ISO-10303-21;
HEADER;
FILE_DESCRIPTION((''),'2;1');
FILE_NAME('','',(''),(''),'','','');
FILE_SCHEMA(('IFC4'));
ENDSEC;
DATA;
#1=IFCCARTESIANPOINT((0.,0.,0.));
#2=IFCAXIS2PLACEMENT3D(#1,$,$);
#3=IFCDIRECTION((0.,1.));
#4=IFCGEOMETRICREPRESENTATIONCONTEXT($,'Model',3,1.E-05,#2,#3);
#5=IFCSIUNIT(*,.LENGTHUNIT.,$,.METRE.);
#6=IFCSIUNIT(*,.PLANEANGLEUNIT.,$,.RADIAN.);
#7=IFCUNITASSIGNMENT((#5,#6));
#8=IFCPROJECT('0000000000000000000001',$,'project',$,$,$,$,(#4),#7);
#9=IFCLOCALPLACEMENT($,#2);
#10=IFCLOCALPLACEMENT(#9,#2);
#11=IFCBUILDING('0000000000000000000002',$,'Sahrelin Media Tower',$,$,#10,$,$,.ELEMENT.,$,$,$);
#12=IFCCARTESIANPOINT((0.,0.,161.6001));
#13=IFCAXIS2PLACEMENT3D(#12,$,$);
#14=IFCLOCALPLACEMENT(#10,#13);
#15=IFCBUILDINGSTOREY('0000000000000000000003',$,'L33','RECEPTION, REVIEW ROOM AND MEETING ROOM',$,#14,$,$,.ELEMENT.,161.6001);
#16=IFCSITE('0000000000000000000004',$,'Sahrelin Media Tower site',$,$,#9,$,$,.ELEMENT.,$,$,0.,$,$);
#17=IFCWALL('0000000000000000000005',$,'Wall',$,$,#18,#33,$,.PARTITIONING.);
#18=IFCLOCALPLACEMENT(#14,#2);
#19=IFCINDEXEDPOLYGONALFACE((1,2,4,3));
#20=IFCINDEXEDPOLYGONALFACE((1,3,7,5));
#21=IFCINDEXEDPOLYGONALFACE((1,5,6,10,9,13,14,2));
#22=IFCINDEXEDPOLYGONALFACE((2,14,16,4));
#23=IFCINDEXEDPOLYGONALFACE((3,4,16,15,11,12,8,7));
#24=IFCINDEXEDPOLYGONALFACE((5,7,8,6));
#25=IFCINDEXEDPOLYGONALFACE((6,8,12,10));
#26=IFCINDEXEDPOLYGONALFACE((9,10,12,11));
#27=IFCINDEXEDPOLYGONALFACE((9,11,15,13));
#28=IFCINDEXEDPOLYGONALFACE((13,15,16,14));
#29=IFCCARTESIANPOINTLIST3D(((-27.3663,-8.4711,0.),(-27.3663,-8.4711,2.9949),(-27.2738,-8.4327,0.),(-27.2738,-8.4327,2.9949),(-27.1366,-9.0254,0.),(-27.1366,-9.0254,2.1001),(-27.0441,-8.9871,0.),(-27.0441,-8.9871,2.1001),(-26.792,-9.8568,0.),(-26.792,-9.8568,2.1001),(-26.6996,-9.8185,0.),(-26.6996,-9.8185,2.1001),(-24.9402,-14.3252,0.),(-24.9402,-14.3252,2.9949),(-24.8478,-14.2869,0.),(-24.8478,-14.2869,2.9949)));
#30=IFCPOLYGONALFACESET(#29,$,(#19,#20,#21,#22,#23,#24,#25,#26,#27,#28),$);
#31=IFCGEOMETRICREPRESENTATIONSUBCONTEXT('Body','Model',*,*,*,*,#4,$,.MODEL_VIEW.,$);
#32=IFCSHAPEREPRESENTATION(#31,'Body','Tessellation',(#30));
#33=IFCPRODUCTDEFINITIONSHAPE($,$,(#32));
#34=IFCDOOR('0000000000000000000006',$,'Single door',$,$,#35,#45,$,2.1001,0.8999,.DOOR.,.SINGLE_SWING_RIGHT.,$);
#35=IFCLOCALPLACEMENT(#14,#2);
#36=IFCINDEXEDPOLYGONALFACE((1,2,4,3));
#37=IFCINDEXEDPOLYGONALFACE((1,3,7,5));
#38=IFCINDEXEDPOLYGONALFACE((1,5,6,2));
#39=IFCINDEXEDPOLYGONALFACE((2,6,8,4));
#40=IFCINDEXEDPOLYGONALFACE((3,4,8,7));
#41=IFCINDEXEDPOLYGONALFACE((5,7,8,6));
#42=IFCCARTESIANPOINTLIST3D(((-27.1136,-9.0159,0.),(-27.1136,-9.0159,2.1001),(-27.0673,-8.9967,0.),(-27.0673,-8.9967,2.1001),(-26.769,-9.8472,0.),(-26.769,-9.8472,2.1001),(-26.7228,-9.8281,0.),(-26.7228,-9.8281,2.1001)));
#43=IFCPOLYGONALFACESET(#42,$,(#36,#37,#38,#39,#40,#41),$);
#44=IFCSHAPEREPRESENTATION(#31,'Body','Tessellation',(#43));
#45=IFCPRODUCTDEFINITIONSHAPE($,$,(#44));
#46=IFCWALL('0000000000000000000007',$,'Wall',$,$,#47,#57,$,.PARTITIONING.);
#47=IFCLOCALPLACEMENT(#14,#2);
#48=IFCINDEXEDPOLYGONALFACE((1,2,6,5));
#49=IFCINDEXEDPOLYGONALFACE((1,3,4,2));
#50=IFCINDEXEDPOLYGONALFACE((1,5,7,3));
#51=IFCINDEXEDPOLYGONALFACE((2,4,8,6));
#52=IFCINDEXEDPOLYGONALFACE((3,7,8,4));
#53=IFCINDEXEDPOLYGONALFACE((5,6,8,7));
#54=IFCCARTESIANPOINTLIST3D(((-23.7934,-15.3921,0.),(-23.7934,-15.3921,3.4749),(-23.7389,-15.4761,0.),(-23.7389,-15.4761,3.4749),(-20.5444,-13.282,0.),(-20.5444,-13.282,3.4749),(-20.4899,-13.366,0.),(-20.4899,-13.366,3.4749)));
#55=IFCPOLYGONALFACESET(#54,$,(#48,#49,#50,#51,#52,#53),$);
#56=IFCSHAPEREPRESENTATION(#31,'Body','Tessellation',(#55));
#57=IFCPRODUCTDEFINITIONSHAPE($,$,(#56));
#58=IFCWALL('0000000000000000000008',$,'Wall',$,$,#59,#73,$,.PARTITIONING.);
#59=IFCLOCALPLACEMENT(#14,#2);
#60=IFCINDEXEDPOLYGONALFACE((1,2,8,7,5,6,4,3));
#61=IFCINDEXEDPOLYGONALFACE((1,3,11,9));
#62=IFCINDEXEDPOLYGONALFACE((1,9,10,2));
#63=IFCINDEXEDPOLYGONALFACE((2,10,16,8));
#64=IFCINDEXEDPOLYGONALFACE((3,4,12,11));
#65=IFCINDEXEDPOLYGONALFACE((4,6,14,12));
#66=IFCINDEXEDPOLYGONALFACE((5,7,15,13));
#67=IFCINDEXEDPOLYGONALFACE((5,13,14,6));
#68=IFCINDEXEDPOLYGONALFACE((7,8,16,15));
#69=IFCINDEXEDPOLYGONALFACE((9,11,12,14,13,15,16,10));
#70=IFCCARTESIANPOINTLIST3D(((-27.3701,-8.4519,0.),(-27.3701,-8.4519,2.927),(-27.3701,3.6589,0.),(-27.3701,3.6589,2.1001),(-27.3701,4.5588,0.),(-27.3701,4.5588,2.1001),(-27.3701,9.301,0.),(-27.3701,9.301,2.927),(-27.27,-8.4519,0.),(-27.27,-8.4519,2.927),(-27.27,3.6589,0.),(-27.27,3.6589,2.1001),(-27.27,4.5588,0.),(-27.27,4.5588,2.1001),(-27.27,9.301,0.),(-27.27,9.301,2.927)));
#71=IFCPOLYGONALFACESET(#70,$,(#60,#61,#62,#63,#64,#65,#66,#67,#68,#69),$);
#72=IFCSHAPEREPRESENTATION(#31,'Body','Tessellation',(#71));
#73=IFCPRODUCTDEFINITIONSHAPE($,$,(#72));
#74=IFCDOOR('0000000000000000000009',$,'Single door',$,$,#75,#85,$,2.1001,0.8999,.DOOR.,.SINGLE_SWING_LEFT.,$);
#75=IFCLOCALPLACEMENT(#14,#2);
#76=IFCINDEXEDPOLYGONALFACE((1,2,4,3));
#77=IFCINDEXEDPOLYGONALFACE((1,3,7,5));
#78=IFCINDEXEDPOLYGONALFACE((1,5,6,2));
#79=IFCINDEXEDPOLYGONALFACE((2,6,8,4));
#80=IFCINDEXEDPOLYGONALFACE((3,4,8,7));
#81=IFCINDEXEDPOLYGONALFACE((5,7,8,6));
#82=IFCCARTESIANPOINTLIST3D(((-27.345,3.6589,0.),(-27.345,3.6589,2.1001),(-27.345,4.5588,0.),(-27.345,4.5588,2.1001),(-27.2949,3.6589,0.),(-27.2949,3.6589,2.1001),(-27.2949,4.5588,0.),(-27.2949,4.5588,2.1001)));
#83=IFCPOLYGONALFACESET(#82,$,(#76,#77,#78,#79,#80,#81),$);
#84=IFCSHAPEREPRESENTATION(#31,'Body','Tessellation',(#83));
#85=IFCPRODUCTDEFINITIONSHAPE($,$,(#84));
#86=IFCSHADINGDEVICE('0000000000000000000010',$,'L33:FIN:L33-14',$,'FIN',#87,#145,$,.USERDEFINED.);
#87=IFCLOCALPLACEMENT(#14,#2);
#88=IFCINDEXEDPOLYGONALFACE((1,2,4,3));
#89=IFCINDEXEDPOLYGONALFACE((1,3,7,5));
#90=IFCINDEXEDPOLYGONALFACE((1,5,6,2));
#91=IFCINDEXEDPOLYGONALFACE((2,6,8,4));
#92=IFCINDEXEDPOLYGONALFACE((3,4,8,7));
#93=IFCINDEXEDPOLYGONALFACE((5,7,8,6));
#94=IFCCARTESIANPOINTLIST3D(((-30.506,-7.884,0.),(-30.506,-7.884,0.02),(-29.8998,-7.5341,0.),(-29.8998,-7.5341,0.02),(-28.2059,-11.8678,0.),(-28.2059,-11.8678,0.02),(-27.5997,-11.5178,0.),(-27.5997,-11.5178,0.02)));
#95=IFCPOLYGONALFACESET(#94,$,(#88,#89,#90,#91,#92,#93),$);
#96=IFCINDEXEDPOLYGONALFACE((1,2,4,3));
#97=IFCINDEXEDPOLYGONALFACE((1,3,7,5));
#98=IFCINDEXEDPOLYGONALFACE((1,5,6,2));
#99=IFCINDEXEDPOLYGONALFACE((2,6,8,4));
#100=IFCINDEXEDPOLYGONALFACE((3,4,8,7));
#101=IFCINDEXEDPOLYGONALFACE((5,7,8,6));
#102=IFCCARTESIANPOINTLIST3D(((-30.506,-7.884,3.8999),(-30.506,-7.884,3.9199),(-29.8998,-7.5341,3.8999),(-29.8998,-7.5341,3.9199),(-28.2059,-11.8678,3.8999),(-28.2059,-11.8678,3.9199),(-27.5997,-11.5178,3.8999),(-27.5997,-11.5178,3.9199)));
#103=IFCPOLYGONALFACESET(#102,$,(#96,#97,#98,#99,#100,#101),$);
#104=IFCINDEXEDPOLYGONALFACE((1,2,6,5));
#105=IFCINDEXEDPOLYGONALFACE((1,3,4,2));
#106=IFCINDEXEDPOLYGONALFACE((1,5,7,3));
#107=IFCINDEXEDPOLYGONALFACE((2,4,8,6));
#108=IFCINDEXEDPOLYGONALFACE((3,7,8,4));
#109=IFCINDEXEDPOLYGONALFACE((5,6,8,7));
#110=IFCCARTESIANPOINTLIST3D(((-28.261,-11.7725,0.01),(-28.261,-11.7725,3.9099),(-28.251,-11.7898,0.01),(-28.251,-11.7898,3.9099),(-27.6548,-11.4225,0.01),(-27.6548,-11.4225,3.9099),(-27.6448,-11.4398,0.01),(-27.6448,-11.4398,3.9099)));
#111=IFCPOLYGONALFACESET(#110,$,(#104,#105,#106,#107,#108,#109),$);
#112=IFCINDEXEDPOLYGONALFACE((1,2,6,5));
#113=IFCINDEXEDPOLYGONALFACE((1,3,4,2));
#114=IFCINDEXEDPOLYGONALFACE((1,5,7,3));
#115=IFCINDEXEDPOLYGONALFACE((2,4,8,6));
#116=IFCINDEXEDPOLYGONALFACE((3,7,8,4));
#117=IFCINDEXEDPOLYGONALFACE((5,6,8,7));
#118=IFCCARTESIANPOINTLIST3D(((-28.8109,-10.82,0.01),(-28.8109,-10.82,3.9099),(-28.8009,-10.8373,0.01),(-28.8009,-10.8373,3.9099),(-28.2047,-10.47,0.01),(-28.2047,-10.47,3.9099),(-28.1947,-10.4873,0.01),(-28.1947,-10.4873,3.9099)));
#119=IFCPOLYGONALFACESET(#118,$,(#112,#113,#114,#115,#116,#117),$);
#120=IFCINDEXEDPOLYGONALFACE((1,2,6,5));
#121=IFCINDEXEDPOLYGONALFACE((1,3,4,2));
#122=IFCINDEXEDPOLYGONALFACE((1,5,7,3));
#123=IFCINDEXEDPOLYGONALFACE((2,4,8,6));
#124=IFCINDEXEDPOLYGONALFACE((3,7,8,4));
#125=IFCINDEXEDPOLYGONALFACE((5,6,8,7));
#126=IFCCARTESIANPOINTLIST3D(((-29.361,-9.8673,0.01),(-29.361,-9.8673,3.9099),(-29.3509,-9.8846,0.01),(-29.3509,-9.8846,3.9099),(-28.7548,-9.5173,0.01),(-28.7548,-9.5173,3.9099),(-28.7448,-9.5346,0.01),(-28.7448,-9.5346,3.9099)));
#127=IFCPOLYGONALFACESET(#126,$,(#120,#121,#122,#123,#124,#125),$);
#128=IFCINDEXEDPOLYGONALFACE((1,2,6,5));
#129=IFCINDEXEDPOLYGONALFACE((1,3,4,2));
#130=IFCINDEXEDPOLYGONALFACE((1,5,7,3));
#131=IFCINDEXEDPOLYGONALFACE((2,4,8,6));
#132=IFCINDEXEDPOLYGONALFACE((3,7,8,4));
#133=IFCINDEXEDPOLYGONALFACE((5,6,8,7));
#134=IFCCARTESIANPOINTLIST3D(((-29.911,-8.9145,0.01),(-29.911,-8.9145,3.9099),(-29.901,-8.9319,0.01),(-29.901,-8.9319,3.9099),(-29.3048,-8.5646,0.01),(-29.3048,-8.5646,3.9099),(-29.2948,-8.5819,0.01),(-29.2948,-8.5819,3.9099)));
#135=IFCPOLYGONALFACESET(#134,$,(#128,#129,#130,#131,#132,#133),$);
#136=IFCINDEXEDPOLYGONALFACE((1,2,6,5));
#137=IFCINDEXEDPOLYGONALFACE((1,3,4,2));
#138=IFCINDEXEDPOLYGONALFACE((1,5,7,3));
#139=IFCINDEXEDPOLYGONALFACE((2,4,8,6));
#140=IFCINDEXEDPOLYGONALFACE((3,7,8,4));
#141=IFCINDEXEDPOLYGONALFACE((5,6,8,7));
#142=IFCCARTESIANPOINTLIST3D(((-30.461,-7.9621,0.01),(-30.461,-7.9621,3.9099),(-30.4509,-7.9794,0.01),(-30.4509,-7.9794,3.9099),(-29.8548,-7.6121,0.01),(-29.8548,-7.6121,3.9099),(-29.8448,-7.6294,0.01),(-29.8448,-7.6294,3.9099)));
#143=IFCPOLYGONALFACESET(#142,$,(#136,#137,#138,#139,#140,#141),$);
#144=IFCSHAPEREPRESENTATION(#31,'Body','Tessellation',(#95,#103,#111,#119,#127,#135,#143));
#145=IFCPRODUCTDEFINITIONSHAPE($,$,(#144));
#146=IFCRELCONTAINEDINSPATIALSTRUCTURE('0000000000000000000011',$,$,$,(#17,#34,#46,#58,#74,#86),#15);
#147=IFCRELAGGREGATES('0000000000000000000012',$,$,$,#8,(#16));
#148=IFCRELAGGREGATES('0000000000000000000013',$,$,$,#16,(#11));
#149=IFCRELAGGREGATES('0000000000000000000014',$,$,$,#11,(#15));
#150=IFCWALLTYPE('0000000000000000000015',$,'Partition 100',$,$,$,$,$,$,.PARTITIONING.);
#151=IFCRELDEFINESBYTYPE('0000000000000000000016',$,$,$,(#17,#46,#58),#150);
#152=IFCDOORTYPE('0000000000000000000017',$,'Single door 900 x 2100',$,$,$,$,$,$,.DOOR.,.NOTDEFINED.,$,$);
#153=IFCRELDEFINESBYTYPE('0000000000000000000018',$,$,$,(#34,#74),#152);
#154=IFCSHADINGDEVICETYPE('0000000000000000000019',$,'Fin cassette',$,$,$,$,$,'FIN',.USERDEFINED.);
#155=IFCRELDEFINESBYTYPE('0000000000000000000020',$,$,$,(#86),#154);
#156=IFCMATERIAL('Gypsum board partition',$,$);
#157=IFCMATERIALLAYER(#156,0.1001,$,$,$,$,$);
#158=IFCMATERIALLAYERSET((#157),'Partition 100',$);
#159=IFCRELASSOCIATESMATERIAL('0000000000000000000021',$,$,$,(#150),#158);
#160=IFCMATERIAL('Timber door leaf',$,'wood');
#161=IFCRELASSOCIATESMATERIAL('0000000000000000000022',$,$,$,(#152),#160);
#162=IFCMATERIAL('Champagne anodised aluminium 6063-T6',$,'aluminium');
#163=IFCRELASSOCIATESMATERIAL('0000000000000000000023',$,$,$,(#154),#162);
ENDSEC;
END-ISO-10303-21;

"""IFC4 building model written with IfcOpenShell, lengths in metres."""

from ifc_helpers import new_model, si_unit, direction, frame, frame_2d, origin, origin_2d, place, context, subcontext, project, spatial, rectangle, extrude, material, layer, layer_set, type_object, element, fill, save


model = new_model("IFC4")

# Units and contexts
model_context = context("Model", 3, precision=1e-05, world=origin(), true_north=direction((0.0, 1.0)))
body_context = subcontext(model_context, "Body", "Model", "MODEL_VIEW")
ifc_project = project(units=[si_unit("LENGTHUNIT", "METRE"), si_unit("PLANEANGLEUNIT", "RADIAN")], contexts=[model_context])

# Site, building, storey
site_placement = place(None, origin())
site = spatial("IfcSite", under=ifc_project, at=site_placement, Name="Sahrelin Media Tower site", CompositionType="ELEMENT", RefElevation=0.0)
building_placement = place(site_placement, origin())
building = spatial("IfcBuilding", under=site, at=building_placement, Name="Sahrelin Media Tower", CompositionType="ELEMENT")
storey_placement = place(building_placement, frame((0.0, 0.0, 161.6001)))
storey = spatial("IfcBuildingStorey", under=building, at=storey_placement, Name="L33", Description="RECEPTION, REVIEW ROOM AND MEETING ROOM", CompositionType="ELEMENT", Elevation=161.6001)

# Shared definitions
ifc_material_1 = material(Name="Champagne anodised aluminium 6063-T6", Category="aluminium")

# Wall, opening, door
ifc_material_2 = material(Name="Gypsum board partition")
ifc_layer_1 = layer(ifc_material_2, 0.1001)
ifc_layer_set_1 = layer_set([ifc_layer_1], Name="Partition 100")
wall_type_1 = type_object("IfcWallType", Name="Partition 100", PredefinedType="PARTITIONING", material=ifc_layer_set_1)
wall_1_placement = place(storey_placement, frame((-27.3201, -8.4519, 0.0), z_axis=(0.0, 0.0, 1.0), x_axis=(0.382847, -0.923812, 0.0)))
wall_1 = element("IfcWall", 1, at=wall_1_placement, inside=storey, type_object=wall_type_1, Name="Wall", PredefinedType="PARTITIONING", context=body_context, shape_type="SweptSolid", body=[
    extrude(rectangle(XDim=6.3369, YDim=0.1001, at=frame_2d((3.1685, 0.0))), origin(), (0.0, 0.0, 1.0), 2.9949),
])
opening_1_placement = place(wall_1_placement, frame((0.6001, 0.0, 0.0)))
opening_1 = element("IfcOpeningElement", 2, at=opening_1_placement, cuts=wall_1, PredefinedType="OPENING", context=body_context, shape_type="SweptSolid", body=[
    extrude(rectangle(XDim=0.8999, YDim=2.1001, at=frame_2d((0.45, 1.05))), frame((0.0, 0.05, 0.0), z_axis=(0.0, -1.0, 0.0), x_axis=(1.0, 0.0, 0.0)), (0.0, 0.0, 1.0), 0.1001),
])
ifc_material_3 = material(Name="Timber door leaf", Category="wood")
door_type_1 = type_object("IfcDoorType", Name="Single door 900 x 2100", OperationType="NOTDEFINED", PredefinedType="DOOR", material=ifc_material_3)
door_1_placement = place(opening_1_placement, origin())
door_1 = element("IfcDoor", 3, at=door_1_placement, inside=storey, type_object=door_type_1, Name="Single door", OperationType="SINGLE_SWING_RIGHT", OverallHeight=2.1001, OverallWidth=0.8999, PredefinedType="DOOR", context=body_context, shape_type="SweptSolid", body=[
    extrude(rectangle(XDim=0.8999, YDim=2.1001, at=frame_2d((0.45, 1.05))), frame((0.0, 0.0249, 0.0), z_axis=(0.0, -1.0, 0.0), x_axis=(1.0, 0.0, 0.0)), (0.0, 0.0, 1.0), 0.05),
])
fill(opening_1, door_1)

# Wall
wall_2_placement = place(storey_placement, frame((-23.7661, -15.4341, 0.0), z_axis=(0.0, 0.0, 1.0), x_axis=(0.838651, 0.544669, 0.0)))
element("IfcWall", 4, at=wall_2_placement, inside=storey, type_object=wall_type_1, Name="Wall", PredefinedType="PARTITIONING", context=body_context, shape_type="SweptSolid", body=[
    extrude(rectangle(XDim=3.874, YDim=0.1001, at=frame_2d((1.937, 0.0))), origin(), (0.0, 0.0, 1.0), 3.4749),
])

# Wall, opening, door
wall_3_placement = place(storey_placement, frame((-27.3201, -8.4519, 0.0), z_axis=(0.0, 0.0, 1.0), x_axis=(0.0, 1.0, 0.0)))
wall_3 = element("IfcWall", 5, at=wall_3_placement, inside=storey, type_object=wall_type_1, Name="Wall", PredefinedType="PARTITIONING", context=body_context, shape_type="SweptSolid", body=[
    extrude(rectangle(XDim=17.7529, YDim=0.1001, at=frame_2d((8.8765, 0.0))), origin(), (0.0, 0.0, 1.0), 2.927),
])
opening_2_placement = place(wall_3_placement, frame((12.1108, 0.0, 0.0)))
opening_2 = element("IfcOpeningElement", 6, at=opening_2_placement, cuts=wall_3, PredefinedType="OPENING", context=body_context, shape_type="SweptSolid", body=[
    extrude(rectangle(XDim=0.8999, YDim=2.1001, at=frame_2d((0.45, 1.05))), frame((0.0, 0.05, 0.0), z_axis=(0.0, -1.0, 0.0), x_axis=(1.0, 0.0, 0.0)), (0.0, 0.0, 1.0), 0.1001),
])
door_2_placement = place(opening_2_placement, origin())
door_2 = element("IfcDoor", 7, at=door_2_placement, inside=storey, type_object=door_type_1, Name="Single door", OperationType="SINGLE_SWING_LEFT", OverallHeight=2.1001, OverallWidth=0.8999, PredefinedType="DOOR", context=body_context, shape_type="SweptSolid", body=[
    extrude(rectangle(XDim=0.8999, YDim=2.1001, at=frame_2d((0.45, 1.05))), frame((0.0, 0.0249, 0.0), z_axis=(0.0, -1.0, 0.0), x_axis=(1.0, 0.0, 0.0)), (0.0, 0.0, 1.0), 0.05),
])
fill(opening_2, door_2)

# Shading device
shading_device_type_1 = type_object("IfcShadingDeviceType", Name="Fin cassette", ElementType="FIN", PredefinedType="USERDEFINED", material=ifc_material_1)
placement_1 = place(storey_placement, frame((-28.6892, -9.491, 0.0), z_axis=(0.0, 0.0, 1.0), x_axis=(-0.500011, 0.866019, 0.0)))
element("IfcShadingDevice", 8, at=placement_1, inside=storey, type_object=shading_device_type_1, Name="L33:FIN:L33-14", ObjectType="FIN", PredefinedType="USERDEFINED", context=body_context, shape_type="SweptSolid", body=[
    extrude(rectangle(XDim=4.6001, YDim=0.7, at=origin_2d()), frame((0.0, 0.4199, 0.0)), (0.0, 0.0, 1.0), 0.02),
    extrude(rectangle(XDim=4.6001, YDim=0.7, at=origin_2d()), frame((0.0, 0.4199, 3.8999)), (0.0, 0.0, 1.0), 0.02),
    extrude(rectangle(XDim=0.02, YDim=0.7, at=origin_2d()), frame((-2.2, 0.4199, 0.01), z_axis=(0.0, 0.0, 1.0), x_axis=(1.0, 0.0, 0.0)), (0.0, 0.0, 1.0), 3.8999),
    extrude(rectangle(XDim=0.02, YDim=0.7, at=origin_2d()), frame((-1.1001, 0.4199, 0.01), z_axis=(0.0, 0.0, 1.0), x_axis=(1.0, 0.0, 0.0)), (0.0, 0.0, 1.0), 3.8999),
    extrude(rectangle(XDim=0.02, YDim=0.7, at=origin_2d()), frame((0.0, 0.4199, 0.01), z_axis=(0.0, 0.0, 1.0), x_axis=(1.0, 0.0, 0.0)), (0.0, 0.0, 1.0), 3.8999),
    extrude(rectangle(XDim=0.02, YDim=0.7, at=origin_2d()), frame((1.1001, 0.4199, 0.01), z_axis=(0.0, 0.0, 1.0), x_axis=(1.0, 0.0, 0.0)), (0.0, 0.0, 1.0), 3.8999),
    extrude(rectangle(XDim=0.02, YDim=0.7, at=origin_2d()), frame((2.2, 0.4199, 0.01), z_axis=(0.0, 0.0, 1.0), x_axis=(1.0, 0.0, 0.0)), (0.0, 0.0, 1.0), 3.8999),
])

save(model, "model.ifc")
